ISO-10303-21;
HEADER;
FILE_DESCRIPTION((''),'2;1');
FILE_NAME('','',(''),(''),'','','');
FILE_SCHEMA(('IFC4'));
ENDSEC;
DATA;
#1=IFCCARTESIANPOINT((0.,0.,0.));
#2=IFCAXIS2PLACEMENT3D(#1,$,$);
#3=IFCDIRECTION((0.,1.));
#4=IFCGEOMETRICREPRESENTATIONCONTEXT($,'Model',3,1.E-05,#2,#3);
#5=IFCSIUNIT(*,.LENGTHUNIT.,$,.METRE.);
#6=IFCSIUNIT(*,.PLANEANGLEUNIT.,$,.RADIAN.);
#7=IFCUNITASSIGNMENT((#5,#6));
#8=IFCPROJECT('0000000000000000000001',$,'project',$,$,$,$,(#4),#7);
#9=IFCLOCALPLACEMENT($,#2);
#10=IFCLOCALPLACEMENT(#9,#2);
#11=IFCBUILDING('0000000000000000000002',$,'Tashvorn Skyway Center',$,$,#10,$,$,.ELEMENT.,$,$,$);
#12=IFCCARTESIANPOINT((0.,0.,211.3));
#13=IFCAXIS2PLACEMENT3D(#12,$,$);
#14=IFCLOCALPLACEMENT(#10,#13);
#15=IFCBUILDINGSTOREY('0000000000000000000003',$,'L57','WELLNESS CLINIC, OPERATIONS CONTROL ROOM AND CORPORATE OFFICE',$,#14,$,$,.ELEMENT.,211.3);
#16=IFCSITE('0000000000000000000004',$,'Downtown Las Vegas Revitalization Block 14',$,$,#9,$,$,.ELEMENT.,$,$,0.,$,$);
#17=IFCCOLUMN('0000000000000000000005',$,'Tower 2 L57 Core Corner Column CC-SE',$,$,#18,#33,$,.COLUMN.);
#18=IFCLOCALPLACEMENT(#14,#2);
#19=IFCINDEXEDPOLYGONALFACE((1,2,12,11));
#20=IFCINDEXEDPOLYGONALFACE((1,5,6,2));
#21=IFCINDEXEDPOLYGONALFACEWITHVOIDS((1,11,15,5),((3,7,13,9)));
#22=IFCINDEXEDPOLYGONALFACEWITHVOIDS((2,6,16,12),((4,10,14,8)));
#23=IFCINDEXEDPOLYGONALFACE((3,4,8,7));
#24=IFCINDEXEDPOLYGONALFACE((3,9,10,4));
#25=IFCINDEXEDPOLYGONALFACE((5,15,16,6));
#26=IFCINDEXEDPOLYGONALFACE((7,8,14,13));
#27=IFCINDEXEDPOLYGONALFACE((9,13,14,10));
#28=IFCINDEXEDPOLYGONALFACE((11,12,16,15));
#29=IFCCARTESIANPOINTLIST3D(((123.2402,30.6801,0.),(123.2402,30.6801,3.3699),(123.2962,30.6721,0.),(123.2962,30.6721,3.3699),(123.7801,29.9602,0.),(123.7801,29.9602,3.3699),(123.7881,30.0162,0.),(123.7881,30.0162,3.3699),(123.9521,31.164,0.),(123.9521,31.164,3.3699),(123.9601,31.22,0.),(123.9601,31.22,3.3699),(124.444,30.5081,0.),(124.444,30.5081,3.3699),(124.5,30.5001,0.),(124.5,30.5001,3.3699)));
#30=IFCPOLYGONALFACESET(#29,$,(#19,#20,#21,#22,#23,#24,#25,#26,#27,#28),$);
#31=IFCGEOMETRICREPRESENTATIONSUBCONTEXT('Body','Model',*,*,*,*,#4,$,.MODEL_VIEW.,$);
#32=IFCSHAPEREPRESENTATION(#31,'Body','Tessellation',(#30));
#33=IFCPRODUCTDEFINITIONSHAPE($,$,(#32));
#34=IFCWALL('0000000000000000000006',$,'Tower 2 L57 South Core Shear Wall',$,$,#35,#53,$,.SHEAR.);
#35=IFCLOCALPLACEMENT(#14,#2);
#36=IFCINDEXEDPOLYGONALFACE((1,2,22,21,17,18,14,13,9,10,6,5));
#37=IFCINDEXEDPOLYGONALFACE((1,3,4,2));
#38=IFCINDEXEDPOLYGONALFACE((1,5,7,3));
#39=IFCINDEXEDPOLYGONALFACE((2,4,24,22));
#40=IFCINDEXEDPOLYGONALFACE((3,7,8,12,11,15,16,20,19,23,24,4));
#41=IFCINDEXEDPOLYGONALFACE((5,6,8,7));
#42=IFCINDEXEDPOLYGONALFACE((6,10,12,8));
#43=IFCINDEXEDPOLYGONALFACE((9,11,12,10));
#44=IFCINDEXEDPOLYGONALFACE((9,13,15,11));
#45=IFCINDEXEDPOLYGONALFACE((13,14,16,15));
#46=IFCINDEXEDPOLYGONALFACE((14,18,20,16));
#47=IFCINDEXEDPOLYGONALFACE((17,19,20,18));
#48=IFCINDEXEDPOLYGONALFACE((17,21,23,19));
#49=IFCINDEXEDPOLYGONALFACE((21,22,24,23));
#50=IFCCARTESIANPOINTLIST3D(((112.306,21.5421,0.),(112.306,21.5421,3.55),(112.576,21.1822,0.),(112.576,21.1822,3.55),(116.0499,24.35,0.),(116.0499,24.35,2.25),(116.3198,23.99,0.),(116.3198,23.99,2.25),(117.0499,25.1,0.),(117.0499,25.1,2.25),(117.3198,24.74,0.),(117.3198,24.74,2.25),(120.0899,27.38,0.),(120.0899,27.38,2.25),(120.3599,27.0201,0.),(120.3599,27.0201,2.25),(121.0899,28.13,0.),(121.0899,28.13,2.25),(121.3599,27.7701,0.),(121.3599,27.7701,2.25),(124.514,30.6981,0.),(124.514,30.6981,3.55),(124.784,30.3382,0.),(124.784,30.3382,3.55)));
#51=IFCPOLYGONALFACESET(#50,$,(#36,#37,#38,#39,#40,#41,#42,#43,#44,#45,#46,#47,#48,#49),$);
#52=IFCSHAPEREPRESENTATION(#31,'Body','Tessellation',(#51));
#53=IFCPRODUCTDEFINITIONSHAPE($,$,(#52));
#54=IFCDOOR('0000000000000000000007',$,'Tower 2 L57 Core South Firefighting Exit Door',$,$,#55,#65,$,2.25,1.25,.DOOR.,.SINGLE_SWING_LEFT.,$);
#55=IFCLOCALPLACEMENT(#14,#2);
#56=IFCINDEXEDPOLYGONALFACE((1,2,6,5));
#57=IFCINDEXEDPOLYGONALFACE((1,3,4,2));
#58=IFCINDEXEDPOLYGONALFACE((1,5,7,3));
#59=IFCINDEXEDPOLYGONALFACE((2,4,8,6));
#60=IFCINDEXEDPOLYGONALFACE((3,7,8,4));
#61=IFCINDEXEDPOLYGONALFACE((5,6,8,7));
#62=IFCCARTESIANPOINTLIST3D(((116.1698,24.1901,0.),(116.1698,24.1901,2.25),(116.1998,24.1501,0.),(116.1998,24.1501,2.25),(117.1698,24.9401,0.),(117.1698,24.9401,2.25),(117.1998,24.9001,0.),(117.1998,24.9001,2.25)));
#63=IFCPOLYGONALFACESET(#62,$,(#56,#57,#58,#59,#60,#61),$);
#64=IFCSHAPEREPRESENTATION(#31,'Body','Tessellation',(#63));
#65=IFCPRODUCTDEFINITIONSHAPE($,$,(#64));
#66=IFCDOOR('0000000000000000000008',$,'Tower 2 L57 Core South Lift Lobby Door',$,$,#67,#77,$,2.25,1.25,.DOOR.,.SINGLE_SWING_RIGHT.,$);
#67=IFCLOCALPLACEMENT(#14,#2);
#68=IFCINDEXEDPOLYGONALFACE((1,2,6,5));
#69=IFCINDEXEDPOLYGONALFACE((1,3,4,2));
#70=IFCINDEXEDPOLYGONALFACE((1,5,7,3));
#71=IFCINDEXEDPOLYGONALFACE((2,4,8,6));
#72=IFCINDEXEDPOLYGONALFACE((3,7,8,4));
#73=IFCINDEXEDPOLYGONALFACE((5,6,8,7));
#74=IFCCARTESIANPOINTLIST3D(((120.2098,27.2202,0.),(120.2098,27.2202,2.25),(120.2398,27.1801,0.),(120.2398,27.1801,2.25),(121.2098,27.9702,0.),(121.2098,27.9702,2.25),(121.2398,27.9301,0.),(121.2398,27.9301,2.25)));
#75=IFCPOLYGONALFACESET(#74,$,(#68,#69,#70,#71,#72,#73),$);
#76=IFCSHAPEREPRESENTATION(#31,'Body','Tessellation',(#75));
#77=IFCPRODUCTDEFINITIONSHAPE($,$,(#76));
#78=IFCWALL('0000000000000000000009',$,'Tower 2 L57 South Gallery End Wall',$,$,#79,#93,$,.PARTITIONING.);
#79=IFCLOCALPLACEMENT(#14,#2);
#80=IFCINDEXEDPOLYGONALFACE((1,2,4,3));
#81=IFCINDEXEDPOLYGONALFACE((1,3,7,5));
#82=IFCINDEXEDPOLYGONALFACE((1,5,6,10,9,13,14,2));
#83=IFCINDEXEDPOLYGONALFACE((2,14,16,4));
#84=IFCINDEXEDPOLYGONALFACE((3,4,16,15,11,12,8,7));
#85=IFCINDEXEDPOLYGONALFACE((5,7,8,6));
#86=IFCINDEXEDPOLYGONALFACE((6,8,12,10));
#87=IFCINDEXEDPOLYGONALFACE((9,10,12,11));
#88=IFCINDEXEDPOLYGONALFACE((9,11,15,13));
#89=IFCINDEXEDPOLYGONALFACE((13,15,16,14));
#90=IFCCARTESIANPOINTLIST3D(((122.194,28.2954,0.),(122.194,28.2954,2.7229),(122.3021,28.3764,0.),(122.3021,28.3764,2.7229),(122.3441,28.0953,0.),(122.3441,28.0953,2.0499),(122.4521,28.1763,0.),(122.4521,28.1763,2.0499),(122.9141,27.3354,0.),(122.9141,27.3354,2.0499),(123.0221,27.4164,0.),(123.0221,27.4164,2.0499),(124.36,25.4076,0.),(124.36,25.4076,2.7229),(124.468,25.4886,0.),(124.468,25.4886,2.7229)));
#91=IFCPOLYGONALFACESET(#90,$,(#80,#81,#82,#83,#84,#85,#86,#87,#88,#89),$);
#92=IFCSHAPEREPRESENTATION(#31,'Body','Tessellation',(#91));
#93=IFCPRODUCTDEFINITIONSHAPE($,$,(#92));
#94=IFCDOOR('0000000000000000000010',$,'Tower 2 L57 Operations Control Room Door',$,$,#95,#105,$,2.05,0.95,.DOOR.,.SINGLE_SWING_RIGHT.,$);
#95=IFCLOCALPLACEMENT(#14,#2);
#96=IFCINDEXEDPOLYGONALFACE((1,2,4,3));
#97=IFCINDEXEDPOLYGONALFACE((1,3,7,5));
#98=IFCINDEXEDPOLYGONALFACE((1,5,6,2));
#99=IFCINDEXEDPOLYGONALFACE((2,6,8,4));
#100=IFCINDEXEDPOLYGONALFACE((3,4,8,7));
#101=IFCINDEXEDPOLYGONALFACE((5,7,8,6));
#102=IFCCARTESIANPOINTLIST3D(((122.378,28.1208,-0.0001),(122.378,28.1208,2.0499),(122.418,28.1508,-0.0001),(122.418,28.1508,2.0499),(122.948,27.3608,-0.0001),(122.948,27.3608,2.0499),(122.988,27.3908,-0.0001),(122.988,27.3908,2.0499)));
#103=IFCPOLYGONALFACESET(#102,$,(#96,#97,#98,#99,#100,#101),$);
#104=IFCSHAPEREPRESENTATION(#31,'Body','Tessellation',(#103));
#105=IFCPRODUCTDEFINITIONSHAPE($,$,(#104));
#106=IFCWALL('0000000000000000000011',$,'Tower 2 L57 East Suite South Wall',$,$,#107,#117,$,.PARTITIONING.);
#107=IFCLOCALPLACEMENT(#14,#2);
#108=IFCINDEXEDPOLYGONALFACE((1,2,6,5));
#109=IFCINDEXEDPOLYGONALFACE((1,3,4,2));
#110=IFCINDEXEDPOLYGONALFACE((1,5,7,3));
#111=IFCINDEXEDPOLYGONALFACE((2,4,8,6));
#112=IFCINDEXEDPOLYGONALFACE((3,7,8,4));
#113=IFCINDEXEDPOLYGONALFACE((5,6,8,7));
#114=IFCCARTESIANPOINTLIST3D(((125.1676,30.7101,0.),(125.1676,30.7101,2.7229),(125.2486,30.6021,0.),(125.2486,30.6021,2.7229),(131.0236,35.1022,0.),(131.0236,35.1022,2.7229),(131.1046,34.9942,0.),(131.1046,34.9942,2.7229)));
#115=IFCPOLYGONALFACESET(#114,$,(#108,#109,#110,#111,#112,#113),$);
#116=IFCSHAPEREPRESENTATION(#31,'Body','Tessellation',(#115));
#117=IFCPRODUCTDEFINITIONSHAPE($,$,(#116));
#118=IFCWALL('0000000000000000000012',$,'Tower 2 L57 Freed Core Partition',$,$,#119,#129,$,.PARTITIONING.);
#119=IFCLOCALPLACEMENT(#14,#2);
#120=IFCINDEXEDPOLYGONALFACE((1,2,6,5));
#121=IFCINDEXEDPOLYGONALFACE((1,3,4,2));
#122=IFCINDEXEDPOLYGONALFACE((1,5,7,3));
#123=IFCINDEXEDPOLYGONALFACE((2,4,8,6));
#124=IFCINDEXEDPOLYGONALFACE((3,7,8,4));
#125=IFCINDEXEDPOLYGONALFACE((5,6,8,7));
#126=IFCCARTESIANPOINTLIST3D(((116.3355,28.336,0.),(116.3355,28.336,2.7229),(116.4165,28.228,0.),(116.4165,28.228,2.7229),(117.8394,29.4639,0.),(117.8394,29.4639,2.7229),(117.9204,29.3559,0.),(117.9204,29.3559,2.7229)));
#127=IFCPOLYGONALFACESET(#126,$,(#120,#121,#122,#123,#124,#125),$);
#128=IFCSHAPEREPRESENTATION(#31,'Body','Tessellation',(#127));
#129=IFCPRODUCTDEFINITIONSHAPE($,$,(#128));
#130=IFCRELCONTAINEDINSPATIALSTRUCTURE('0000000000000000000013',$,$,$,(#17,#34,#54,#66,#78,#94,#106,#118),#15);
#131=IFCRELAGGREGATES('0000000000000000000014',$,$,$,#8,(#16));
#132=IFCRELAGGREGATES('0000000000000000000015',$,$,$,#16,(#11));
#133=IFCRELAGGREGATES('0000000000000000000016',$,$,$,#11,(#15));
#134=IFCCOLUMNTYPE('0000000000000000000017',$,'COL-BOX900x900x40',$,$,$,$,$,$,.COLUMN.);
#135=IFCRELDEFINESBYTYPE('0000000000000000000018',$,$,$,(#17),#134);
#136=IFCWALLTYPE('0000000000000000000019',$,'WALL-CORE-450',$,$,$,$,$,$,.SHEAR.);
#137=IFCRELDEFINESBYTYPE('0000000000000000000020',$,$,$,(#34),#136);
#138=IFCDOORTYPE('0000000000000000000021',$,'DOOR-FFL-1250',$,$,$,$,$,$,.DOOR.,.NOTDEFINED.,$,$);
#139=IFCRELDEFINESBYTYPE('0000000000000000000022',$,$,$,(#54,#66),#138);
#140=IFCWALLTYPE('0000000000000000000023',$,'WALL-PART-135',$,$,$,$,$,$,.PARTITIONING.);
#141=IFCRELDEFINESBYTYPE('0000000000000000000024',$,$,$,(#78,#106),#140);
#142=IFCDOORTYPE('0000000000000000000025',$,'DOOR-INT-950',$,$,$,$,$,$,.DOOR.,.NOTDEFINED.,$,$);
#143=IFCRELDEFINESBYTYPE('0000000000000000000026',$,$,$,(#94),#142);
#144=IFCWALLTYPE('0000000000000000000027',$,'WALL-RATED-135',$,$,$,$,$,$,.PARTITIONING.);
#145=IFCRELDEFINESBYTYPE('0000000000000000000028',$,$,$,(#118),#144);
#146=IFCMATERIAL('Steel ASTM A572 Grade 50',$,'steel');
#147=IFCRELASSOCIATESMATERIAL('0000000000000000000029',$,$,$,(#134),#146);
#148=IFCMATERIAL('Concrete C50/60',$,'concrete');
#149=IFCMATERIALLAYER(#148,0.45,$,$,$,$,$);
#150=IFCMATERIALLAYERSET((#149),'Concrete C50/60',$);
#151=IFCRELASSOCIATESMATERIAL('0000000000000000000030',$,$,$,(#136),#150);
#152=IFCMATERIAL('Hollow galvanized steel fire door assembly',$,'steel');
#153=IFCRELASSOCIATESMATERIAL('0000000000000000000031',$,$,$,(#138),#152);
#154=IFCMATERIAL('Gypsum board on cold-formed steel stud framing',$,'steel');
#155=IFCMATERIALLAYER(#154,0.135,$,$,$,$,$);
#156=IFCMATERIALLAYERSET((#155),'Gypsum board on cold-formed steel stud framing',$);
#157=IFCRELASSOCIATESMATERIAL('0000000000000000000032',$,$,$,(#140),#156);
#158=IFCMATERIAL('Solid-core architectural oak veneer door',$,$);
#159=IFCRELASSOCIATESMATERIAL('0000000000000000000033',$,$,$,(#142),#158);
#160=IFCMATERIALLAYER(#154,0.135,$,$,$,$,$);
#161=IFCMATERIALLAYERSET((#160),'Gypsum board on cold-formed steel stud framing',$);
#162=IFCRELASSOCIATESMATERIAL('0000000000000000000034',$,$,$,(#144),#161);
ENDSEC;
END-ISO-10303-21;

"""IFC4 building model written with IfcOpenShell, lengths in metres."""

from ifc_helpers import new_model, si_unit, direction, frame, frame_2d, origin, origin_2d, place, context, subcontext, project, spatial, rectangle, hollow_rectangle, extrude, material, layer, layer_set, material_profile, profile_set, type_object, element, fill, save


model = new_model("IFC4")

# Units and contexts
model_context = context("Model", 3, precision=1e-05, world=origin(), true_north=direction((0.0, 1.0)))
body_context = subcontext(model_context, "Body", "Model", "MODEL_VIEW")
ifc_project = project(units=[si_unit("LENGTHUNIT", "METRE"), si_unit("PLANEANGLEUNIT", "RADIAN")], contexts=[model_context])

# Site, building, storey
site_placement = place(None, origin())
site = spatial("IfcSite", under=ifc_project, at=site_placement, Name="Downtown Las Vegas Revitalization Block 14", CompositionType="ELEMENT", RefElevation=0.0)
building_placement = place(site_placement, origin())
building = spatial("IfcBuilding", under=site, at=building_placement, Name="Tashvorn Skyway Center", CompositionType="ELEMENT")
storey_placement = place(building_placement, frame((0.0, 0.0, 211.3)))
storey = spatial("IfcBuildingStorey", under=building, at=storey_placement, Name="L57", Description="WELLNESS CLINIC, OPERATIONS CONTROL ROOM AND CORPORATE OFFICE", CompositionType="ELEMENT", Elevation=211.3)

# Column
ifc_material_1 = material(Name="Steel ASTM A572 Grade 50", Category="steel")
ifc_material_profile = material_profile(ifc_material_1, hollow_rectangle(XDim=0.8999, YDim=0.8999, WallThickness=0.04, at=origin_2d()), Name="BOX900x900x40")
ifc_profile_set = profile_set([ifc_material_profile], Name="Steel ASTM A572 Grade 50")
column_type = type_object("IfcColumnType", Name="COL-BOX900x900x40", PredefinedType="COLUMN", material=ifc_profile_set)
column_placement = place(storey_placement, frame((123.8701, 30.5901, 0.0), z_axis=(0.0, 0.0, 1.0), x_axis=(0.8, 0.6, 0.0)))
element("IfcColumn", 1, at=column_placement, inside=storey, type_object=column_type, Name="Tower 2 L57 Core Corner Column CC-SE", PredefinedType="COLUMN", context=body_context, shape_type="SweptSolid", body=[
    extrude(hollow_rectangle(XDim=0.8999, YDim=0.8999, WallThickness=0.04, at=origin_2d()), origin(), (0.0, 0.0, 1.0), 3.3699),
])

# Wall, openings, doors
ifc_material_2 = material(Name="Concrete C50/60", Category="concrete")
ifc_layer_1 = layer(ifc_material_2, 0.45)
ifc_layer_set_1 = layer_set([ifc_layer_1], Name="Concrete C50/60")
wall_type_1 = type_object("IfcWallType", Name="WALL-CORE-450", PredefinedType="SHEAR", material=ifc_layer_set_1)
wall_1_placement = place(storey_placement, frame((124.6489, 30.5181, 0.0), z_axis=(0.0, 0.0, 1.0), x_axis=(-0.8, -0.6, 0.0)))
wall_1 = element("IfcWall", 2, at=wall_1_placement, inside=storey, type_object=wall_type_1, Name="Tower 2 L57 South Core Shear Wall", PredefinedType="SHEAR", context=body_context, shape_type="SweptSolid", body=[
    extrude(rectangle(XDim=15.26, YDim=0.45, at=frame_2d((7.6299, 0.0))), origin(), (0.0, 0.0, 1.0), 3.55),
])
opening_1_placement = place(wall_1_placement, frame((9.3301, 0.0, 0.0)))
opening_1 = element("IfcOpeningElement", 3, at=opening_1_placement, cuts=wall_1, PredefinedType="OPENING", context=body_context, shape_type="SweptSolid", body=[
    extrude(rectangle(XDim=1.25, YDim=2.25, at=frame_2d((0.625, 1.125))), frame((0.0, 0.2349, 0.0), z_axis=(0.0, -1.0, 0.0), x_axis=(1.0, 0.0, 0.0)), (0.0, 0.0, 1.0), 0.47),
])
opening_2_placement = place(wall_1_placement, frame((4.28, 0.0, 0.0)))
opening_2 = element("IfcOpeningElement", 4, at=opening_2_placement, cuts=wall_1, PredefinedType="OPENING", context=body_context, shape_type="SweptSolid", body=[
    extrude(rectangle(XDim=1.25, YDim=2.25, at=frame_2d((0.625, 1.125))), frame((0.0, 0.2349, 0.0), z_axis=(0.0, -1.0, 0.0), x_axis=(1.0, 0.0, 0.0)), (0.0, 0.0, 1.0), 0.47),
])
ifc_material_3 = material(Name="Hollow galvanized steel fire door assembly", Category="steel")
door_type_1 = type_object("IfcDoorType", Name="DOOR-FFL-1250", OperationType="NOTDEFINED", PredefinedType="DOOR", material=ifc_material_3)
door_1_placement = place(opening_1_placement, origin())
door_1 = element("IfcDoor", 5, at=door_1_placement, inside=storey, type_object=door_type_1, Name="Tower 2 L57 Core South Firefighting Exit Door", OperationType="SINGLE_SWING_LEFT", OverallHeight=2.25, OverallWidth=1.25, PredefinedType="DOOR", context=body_context, shape_type="SweptSolid", body=[
    extrude(rectangle(XDim=1.25, YDim=2.25, at=frame_2d((0.625, 1.125))), frame((0.0, 0.0249, 0.0), z_axis=(0.0, -1.0, 0.0), x_axis=(1.0, 0.0, 0.0)), (0.0, 0.0, 1.0), 0.05),
])
fill(opening_1, door_1)
door_2_placement = place(opening_2_placement, origin())
door_2 = element("IfcDoor", 6, at=door_2_placement, inside=storey, type_object=door_type_1, Name="Tower 2 L57 Core South Lift Lobby Door", OperationType="SINGLE_SWING_RIGHT", OverallHeight=2.25, OverallWidth=1.25, PredefinedType="DOOR", context=body_context, shape_type="SweptSolid", body=[
    extrude(rectangle(XDim=1.25, YDim=2.25, at=frame_2d((0.625, 1.125))), frame((0.0, 0.0249, 0.0), z_axis=(0.0, -1.0, 0.0), x_axis=(1.0, 0.0, 0.0)), (0.0, 0.0, 1.0), 0.05),
])
fill(opening_2, door_2)

# Wall, opening, door
ifc_material_4 = material(Name="Gypsum board on cold-formed steel stud framing", Category="steel")
ifc_layer_2 = layer(ifc_material_4, 0.135)
ifc_layer_set_2 = layer_set([ifc_layer_2], Name="Gypsum board on cold-formed steel stud framing")
wall_type_2 = type_object("IfcWallType", Name="WALL-PART-135", PredefinedType="PARTITIONING", material=ifc_layer_set_2)
wall_2_placement = place(storey_placement, frame((122.248, 28.3359, 0.0), z_axis=(0.0, 0.0, 1.0), x_axis=(0.600011, -0.799992, 0.0)))
wall_2 = element("IfcWall", 7, at=wall_2_placement, inside=storey, type_object=wall_type_2, Name="Tower 2 L57 South Gallery End Wall", PredefinedType="PARTITIONING", context=body_context, shape_type="SweptSolid", body=[
    extrude(rectangle(XDim=3.6099, YDim=0.135, at=frame_2d((1.8049, 0.0))), origin(), (0.0, 0.0, 1.0), 2.7229),
])
opening_3_placement = place(wall_2_placement, frame((0.25, 0.0, 0.0)))
opening_3 = element("IfcOpeningElement", 8, at=opening_3_placement, cuts=wall_2, PredefinedType="OPENING", context=body_context, shape_type="SweptSolid", body=[
    extrude(rectangle(XDim=0.95, YDim=2.05, at=frame_2d((0.4751, 1.0249))), frame((0.0, 0.0774, 0.0), z_axis=(0.0, -1.0, 0.0), x_axis=(1.0, 0.0, 0.0)), (0.0, 0.0, 1.0), 0.155),
])
ifc_material_5 = material(Name="Solid-core architectural oak veneer door")
door_type_2 = type_object("IfcDoorType", Name="DOOR-INT-950", OperationType="NOTDEFINED", PredefinedType="DOOR", material=ifc_material_5)
door_3_placement = place(opening_3_placement, origin())
door_3 = element("IfcDoor", 9, at=door_3_placement, inside=storey, type_object=door_type_2, Name="Tower 2 L57 Operations Control Room Door", OperationType="SINGLE_SWING_RIGHT", OverallHeight=2.05, OverallWidth=0.95, PredefinedType="DOOR", context=body_context, shape_type="SweptSolid", body=[
    extrude(rectangle(XDim=0.95, YDim=2.05, at=frame_2d((0.4751, 1.0249))), frame((0.0, 0.0249, 0.0), z_axis=(0.0, -1.0, 0.0), x_axis=(1.0, 0.0, 0.0)), (0.0, 0.0, 1.0), 0.05),
])
fill(opening_3, door_3)

# Walls
wall_3_placement = place(storey_placement, frame((125.208, 30.656, 0.0), z_axis=(0.0, 0.0, 1.0), x_axis=(0.799992, 0.600011, 0.0)))
element("IfcWall", 10, at=wall_3_placement, inside=storey, type_object=wall_type_2, Name="Tower 2 L57 East Suite South Wall", PredefinedType="PARTITIONING", context=body_context, shape_type="SweptSolid", body=[
    extrude(rectangle(XDim=7.3201, YDim=0.135, at=frame_2d((3.6602, 0.0))), origin(), (0.0, 0.0, 1.0), 2.7229),
])
ifc_layer_3 = layer(ifc_material_4, 0.135)
ifc_layer_set_3 = layer_set([ifc_layer_3], Name="Gypsum board on cold-formed steel stud framing")
wall_type_3 = type_object("IfcWallType", Name="WALL-RATED-135", PredefinedType="PARTITIONING", material=ifc_layer_set_3)
wall_4_placement = place(storey_placement, frame((116.376, 28.282, 0.0), z_axis=(0.0, 0.0, 1.0), x_axis=(0.8, 0.6, 0.0)))
element("IfcWall", 11, at=wall_4_placement, inside=storey, type_object=wall_type_3, Name="Tower 2 L57 Freed Core Partition", PredefinedType="PARTITIONING", context=body_context, shape_type="SweptSolid", body=[
    extrude(rectangle(XDim=1.8799, YDim=0.135, at=frame_2d((0.9399, 0.0))), origin(), (0.0, 0.0, 1.0), 2.7229),
])

save(model, "model.ifc")
